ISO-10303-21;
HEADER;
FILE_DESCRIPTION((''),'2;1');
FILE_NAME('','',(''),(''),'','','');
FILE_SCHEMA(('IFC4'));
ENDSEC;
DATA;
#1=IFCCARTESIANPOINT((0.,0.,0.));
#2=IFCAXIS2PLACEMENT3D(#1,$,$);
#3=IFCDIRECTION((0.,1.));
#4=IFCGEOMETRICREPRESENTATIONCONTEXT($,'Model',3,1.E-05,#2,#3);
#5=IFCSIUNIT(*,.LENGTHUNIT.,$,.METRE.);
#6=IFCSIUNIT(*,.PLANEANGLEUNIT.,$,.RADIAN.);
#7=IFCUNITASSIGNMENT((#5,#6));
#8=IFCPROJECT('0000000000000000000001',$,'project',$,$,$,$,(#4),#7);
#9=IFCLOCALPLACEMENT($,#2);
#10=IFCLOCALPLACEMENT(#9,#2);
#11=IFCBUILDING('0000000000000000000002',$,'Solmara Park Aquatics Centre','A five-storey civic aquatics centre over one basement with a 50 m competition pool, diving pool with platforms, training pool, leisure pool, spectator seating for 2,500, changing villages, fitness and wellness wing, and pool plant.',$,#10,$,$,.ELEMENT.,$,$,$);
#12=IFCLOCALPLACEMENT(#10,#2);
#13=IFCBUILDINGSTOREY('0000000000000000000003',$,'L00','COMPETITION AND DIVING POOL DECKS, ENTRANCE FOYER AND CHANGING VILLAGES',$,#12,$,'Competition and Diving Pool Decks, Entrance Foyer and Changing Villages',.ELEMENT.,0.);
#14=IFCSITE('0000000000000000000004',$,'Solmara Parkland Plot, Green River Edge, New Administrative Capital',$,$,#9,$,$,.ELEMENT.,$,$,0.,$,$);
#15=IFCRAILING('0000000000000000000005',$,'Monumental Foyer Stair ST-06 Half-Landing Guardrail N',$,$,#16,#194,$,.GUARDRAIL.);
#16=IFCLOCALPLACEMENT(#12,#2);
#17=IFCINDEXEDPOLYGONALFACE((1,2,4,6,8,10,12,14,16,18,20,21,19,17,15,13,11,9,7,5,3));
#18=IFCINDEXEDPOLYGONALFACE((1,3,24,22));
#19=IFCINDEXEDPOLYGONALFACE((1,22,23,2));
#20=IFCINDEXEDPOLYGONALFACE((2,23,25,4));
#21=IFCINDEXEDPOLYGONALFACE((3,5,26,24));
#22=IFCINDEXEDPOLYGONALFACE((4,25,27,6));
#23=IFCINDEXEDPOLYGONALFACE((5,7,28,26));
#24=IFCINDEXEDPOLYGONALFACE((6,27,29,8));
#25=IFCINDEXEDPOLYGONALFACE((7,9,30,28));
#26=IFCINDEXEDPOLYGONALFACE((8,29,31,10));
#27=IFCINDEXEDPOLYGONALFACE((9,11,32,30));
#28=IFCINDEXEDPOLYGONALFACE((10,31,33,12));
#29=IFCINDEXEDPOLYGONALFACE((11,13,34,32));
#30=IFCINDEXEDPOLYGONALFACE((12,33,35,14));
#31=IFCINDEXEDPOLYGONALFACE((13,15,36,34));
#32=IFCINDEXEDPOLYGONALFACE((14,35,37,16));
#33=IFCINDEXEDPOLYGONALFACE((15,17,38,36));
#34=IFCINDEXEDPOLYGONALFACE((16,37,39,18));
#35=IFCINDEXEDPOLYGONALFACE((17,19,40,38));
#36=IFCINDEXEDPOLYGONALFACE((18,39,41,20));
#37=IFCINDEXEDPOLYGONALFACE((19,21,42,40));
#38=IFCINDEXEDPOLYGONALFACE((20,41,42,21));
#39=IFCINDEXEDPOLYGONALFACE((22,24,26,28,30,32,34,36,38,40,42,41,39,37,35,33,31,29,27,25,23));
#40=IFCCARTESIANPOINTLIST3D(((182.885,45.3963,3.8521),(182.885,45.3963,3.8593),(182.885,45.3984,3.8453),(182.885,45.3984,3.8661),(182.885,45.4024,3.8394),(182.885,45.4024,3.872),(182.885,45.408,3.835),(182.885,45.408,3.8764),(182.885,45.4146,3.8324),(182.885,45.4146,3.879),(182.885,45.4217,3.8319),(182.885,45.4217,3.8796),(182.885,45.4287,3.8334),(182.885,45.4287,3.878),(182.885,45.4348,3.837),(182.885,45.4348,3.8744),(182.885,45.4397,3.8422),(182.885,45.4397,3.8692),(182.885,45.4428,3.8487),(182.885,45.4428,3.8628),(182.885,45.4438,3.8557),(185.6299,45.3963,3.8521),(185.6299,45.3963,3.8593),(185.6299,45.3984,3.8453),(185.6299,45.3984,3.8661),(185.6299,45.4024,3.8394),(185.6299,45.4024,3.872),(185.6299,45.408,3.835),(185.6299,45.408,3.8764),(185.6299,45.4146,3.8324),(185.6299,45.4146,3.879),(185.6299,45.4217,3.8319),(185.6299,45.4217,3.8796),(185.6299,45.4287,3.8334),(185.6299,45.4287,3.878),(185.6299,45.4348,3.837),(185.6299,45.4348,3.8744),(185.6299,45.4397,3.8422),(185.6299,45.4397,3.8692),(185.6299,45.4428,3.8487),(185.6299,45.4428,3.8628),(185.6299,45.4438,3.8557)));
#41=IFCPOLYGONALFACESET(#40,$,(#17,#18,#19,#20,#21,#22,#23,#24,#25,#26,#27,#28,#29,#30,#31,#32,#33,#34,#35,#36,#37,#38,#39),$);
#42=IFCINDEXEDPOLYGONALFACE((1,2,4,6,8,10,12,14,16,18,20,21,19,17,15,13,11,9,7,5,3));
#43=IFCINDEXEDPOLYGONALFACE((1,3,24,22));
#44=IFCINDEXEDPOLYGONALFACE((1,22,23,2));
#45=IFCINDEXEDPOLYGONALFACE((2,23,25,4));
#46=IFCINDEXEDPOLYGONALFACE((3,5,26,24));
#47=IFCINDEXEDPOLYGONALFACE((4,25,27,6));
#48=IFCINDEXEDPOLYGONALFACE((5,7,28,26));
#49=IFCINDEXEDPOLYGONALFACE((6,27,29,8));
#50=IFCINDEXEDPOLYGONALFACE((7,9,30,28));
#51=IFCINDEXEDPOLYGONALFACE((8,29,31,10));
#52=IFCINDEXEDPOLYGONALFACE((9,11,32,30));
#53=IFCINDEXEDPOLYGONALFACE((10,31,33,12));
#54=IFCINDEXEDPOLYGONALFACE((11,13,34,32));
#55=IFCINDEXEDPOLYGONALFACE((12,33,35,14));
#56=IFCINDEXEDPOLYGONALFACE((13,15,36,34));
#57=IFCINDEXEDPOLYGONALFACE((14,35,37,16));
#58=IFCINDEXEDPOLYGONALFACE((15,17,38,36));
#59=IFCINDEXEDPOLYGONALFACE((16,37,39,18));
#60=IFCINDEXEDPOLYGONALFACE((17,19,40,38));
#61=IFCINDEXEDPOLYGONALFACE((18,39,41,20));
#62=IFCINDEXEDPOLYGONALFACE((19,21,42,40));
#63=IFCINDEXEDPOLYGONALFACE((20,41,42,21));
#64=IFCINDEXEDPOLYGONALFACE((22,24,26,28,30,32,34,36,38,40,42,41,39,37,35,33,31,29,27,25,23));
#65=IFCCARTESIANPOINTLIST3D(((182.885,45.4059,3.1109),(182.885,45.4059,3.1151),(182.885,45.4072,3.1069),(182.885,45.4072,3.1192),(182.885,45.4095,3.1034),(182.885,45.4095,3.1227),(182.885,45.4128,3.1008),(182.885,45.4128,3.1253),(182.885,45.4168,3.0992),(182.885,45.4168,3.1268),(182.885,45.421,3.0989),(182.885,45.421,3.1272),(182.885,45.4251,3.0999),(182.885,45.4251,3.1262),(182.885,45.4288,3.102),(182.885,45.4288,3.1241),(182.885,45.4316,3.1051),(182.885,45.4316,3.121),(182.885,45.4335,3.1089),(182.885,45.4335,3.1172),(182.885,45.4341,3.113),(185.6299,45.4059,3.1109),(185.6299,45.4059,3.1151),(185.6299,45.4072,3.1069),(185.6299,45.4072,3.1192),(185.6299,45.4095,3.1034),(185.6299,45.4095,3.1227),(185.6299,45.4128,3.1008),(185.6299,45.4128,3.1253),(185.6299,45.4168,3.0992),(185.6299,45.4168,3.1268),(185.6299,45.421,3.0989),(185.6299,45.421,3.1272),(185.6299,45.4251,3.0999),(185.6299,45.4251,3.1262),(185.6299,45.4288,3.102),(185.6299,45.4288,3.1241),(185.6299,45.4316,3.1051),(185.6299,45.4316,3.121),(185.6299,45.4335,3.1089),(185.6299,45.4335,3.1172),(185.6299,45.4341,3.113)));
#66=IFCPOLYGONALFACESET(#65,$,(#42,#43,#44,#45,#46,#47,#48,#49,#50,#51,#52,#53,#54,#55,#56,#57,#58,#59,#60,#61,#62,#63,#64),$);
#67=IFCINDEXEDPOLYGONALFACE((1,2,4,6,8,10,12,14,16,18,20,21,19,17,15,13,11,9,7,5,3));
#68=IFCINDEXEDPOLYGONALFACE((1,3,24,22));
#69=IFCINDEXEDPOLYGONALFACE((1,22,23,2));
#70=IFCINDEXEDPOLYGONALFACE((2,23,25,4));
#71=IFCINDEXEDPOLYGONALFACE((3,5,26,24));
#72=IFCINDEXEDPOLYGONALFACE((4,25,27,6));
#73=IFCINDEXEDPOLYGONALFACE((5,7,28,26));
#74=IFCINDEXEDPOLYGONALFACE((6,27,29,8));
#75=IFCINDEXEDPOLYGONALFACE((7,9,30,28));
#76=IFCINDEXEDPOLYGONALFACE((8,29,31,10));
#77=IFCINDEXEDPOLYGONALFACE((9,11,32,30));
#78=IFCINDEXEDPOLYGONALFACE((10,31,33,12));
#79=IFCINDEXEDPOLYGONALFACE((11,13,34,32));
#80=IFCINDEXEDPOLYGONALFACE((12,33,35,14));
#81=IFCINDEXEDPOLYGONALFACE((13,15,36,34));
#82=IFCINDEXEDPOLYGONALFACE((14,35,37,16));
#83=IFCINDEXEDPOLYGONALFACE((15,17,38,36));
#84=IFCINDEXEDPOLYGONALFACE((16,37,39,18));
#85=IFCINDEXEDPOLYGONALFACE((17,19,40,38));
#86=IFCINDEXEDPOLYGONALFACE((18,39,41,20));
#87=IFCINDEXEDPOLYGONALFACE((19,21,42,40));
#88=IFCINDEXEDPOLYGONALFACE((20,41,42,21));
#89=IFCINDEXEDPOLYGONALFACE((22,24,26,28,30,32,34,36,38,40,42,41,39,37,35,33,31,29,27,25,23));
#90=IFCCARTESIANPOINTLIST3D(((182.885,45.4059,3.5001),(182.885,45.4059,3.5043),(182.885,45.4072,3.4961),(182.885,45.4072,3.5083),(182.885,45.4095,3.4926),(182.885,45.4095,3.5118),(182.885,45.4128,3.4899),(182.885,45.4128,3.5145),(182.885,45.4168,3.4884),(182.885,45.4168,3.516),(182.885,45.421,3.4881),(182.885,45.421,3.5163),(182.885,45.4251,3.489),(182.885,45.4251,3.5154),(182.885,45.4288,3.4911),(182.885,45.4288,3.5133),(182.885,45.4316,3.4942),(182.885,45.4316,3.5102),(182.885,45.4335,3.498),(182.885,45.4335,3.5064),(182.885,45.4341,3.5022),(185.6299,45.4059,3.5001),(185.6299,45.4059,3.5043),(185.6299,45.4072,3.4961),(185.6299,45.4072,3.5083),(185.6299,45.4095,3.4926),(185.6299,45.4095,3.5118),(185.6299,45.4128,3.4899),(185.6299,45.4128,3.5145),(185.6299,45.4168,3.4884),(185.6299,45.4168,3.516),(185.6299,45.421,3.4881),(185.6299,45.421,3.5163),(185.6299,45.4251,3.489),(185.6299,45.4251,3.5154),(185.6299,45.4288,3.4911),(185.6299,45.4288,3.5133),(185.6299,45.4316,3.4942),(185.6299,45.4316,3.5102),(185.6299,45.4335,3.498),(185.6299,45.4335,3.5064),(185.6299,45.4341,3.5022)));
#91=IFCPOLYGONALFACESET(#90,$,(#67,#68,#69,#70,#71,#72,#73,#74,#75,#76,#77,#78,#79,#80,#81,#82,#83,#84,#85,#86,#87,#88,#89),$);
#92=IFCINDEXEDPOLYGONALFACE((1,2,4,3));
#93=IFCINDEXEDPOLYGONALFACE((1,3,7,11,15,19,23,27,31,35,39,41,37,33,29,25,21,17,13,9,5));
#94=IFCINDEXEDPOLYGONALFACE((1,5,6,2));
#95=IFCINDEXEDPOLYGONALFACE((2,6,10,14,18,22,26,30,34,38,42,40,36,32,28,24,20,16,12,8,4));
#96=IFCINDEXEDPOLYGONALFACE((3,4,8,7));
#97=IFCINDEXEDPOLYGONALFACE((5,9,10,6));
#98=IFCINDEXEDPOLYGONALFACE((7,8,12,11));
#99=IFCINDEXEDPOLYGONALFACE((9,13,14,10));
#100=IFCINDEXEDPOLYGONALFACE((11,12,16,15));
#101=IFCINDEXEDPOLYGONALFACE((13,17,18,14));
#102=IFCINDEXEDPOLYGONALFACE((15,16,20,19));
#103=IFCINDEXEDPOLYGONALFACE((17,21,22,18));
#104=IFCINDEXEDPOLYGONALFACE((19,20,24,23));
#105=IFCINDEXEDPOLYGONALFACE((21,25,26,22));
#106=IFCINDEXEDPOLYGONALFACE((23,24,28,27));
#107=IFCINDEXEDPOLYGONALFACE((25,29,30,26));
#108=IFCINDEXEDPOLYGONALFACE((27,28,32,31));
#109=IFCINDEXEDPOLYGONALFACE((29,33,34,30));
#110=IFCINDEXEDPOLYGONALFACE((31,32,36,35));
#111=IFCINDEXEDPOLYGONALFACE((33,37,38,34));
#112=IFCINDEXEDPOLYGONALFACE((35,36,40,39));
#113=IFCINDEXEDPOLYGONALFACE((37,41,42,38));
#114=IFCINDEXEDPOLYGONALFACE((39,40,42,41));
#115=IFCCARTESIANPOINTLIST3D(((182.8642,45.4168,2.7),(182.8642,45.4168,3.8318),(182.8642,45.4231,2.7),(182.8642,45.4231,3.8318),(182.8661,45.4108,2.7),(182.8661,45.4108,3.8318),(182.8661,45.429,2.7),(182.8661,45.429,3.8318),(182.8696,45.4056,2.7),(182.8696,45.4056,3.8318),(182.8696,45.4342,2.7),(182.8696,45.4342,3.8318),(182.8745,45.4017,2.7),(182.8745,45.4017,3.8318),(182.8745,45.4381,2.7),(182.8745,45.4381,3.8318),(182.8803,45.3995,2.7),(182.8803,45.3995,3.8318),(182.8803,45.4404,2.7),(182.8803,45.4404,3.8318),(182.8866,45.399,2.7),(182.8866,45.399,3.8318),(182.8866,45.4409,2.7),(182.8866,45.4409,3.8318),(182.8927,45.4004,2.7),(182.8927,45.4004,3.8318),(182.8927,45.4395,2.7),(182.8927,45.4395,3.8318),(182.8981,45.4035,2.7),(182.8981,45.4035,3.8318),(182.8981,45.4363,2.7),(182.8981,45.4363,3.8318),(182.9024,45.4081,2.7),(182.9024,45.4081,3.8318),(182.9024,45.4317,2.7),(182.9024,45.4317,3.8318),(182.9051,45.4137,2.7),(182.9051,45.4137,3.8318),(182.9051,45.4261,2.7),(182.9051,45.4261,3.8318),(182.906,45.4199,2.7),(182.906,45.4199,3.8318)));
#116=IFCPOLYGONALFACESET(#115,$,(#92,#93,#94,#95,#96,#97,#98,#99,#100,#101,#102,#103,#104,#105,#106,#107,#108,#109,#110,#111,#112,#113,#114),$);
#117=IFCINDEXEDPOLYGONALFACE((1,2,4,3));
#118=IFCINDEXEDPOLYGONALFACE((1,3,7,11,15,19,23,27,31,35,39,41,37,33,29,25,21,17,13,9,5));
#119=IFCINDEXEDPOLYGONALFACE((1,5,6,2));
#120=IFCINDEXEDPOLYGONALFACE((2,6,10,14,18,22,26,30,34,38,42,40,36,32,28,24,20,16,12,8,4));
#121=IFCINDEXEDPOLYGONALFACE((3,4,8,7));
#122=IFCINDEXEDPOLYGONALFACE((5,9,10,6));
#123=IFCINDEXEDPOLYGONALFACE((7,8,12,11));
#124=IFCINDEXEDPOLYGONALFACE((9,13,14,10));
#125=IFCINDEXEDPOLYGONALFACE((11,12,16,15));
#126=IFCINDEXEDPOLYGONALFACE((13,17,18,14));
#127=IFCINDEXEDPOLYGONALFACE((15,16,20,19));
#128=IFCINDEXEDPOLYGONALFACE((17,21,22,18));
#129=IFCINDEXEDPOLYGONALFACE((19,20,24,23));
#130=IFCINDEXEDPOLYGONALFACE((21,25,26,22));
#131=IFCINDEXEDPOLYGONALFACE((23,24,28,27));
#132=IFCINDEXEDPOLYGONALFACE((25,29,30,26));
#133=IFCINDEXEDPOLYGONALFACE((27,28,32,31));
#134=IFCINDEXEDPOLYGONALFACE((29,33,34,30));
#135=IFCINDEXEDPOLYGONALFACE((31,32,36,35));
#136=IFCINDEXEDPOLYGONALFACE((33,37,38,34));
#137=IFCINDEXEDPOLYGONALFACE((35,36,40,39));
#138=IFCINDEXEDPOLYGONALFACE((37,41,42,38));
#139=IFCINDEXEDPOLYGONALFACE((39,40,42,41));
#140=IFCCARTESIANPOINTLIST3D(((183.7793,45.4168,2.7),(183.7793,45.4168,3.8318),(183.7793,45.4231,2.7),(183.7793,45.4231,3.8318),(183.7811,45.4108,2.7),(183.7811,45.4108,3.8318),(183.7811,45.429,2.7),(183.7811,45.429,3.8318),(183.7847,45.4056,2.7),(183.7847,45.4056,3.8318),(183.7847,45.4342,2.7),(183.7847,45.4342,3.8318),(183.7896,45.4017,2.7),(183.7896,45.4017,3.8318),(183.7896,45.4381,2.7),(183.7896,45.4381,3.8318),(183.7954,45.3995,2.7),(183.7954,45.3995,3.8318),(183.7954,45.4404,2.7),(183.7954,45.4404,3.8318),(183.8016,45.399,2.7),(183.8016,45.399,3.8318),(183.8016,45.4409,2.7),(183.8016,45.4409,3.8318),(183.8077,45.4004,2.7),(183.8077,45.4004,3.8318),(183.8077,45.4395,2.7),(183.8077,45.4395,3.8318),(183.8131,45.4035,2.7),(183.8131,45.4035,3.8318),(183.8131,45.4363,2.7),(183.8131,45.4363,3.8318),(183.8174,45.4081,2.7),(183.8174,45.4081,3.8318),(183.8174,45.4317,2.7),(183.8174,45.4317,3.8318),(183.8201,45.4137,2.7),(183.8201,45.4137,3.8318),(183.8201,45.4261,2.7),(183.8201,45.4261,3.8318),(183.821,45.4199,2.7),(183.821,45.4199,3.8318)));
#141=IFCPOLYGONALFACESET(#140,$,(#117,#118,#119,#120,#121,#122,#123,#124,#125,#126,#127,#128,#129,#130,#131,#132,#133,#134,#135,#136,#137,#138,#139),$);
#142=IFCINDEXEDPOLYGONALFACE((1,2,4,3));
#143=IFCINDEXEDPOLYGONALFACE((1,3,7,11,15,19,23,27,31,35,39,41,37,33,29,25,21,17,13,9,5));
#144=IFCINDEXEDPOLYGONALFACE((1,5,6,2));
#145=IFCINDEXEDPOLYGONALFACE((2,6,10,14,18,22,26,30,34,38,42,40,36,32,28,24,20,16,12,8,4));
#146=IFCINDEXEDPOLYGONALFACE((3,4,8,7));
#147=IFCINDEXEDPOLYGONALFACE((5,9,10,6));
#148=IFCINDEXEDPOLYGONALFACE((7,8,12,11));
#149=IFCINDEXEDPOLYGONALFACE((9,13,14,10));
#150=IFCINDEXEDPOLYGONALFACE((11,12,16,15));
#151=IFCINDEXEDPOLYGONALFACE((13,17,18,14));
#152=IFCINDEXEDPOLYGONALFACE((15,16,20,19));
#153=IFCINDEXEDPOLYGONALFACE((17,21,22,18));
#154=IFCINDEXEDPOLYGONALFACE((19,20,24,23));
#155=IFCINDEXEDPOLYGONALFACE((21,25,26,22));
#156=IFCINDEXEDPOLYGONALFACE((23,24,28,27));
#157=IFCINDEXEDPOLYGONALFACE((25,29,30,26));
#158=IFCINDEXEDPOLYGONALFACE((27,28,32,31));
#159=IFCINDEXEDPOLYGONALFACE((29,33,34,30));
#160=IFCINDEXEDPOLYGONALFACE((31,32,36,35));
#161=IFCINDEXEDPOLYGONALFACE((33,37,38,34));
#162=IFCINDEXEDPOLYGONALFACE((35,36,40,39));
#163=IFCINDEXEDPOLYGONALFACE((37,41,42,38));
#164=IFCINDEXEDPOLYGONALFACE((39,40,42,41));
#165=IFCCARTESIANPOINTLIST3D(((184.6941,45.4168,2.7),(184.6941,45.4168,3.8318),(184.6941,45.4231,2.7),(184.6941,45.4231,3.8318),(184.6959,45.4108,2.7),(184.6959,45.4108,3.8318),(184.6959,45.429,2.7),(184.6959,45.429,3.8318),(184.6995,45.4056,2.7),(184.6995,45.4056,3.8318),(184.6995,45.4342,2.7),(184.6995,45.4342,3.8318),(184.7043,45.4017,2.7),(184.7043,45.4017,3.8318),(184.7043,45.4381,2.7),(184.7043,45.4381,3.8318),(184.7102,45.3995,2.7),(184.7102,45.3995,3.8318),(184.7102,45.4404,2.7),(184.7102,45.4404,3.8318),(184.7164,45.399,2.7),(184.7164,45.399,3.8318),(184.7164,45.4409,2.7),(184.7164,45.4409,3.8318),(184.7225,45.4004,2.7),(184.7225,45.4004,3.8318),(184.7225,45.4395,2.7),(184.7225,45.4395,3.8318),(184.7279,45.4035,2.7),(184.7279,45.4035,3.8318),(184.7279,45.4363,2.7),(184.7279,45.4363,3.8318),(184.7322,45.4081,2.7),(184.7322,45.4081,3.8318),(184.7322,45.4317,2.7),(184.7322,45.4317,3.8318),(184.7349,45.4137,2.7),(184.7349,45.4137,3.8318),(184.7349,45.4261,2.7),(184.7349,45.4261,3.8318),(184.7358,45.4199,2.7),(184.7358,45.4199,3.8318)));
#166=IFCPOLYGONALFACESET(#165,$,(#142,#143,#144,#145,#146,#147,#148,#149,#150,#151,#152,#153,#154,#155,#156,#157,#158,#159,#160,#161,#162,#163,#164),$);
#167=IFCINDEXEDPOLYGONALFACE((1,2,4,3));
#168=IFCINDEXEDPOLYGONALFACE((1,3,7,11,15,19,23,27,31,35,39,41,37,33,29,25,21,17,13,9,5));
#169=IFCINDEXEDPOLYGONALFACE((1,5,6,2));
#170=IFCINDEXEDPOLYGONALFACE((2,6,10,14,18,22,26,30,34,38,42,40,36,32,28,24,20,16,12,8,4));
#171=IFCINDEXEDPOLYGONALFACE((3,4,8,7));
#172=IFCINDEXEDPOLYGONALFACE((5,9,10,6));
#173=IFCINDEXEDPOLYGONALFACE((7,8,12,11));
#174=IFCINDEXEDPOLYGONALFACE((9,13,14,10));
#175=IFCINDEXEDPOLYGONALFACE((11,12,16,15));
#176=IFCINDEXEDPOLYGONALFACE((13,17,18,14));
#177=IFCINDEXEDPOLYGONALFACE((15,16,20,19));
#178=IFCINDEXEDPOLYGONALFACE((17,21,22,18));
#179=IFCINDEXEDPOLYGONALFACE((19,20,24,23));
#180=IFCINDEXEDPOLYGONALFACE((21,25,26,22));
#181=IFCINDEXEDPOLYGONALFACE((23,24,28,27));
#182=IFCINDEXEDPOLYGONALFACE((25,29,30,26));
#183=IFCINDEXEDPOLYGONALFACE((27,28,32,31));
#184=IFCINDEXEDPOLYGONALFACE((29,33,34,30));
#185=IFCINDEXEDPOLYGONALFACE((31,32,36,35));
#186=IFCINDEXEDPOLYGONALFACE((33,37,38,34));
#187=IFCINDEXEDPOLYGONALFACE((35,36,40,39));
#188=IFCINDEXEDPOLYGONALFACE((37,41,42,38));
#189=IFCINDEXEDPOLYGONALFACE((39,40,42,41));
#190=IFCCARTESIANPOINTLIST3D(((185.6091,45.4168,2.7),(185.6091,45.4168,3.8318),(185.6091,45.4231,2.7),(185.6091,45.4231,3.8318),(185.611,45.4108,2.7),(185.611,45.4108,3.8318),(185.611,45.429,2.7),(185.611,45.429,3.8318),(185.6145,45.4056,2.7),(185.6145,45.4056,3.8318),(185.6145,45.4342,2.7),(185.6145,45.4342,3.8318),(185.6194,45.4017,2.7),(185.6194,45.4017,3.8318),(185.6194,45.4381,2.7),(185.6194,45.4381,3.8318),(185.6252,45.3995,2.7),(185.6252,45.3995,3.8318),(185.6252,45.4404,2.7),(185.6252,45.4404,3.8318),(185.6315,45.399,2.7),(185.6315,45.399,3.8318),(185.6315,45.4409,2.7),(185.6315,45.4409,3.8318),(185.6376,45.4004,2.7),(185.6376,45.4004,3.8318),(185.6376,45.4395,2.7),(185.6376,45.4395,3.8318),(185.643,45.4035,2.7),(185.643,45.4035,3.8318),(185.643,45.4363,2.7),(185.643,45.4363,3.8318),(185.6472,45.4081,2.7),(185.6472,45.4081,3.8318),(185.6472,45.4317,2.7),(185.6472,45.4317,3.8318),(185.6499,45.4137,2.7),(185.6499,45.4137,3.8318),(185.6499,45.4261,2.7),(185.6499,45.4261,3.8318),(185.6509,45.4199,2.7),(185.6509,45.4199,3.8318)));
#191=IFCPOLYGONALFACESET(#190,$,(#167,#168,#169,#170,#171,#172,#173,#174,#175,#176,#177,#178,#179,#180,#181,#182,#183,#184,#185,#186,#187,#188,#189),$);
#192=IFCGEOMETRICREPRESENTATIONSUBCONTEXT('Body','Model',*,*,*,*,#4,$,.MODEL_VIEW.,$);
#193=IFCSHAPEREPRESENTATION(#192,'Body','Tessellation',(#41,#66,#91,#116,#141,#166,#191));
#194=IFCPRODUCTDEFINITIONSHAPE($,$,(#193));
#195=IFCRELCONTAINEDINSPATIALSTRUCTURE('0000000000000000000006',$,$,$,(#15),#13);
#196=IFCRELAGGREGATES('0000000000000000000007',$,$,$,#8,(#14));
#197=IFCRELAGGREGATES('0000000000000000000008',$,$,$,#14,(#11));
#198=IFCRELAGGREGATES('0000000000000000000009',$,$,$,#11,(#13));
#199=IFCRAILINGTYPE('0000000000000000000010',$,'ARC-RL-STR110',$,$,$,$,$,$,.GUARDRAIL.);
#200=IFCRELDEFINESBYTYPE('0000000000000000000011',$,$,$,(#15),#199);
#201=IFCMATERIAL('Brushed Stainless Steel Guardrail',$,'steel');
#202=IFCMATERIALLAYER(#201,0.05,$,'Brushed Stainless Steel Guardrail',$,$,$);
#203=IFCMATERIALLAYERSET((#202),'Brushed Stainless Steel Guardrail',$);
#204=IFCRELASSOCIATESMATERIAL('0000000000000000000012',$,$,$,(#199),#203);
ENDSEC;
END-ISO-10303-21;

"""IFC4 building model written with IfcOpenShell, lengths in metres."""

from ifc_helpers import new_model, si_unit, direction, frame, origin, origin_2d, place, context, subcontext, project, spatial, circle, extrude, material, layer, layer_set, type_object, element, save


model = new_model("IFC4")

# Units and contexts
model_context = context("Model", 3, precision=1e-05, world=origin(), true_north=direction((0.0, 1.0)))
body_context = subcontext(model_context, "Body", "Model", "MODEL_VIEW")
ifc_project = project(units=[si_unit("LENGTHUNIT", "METRE"), si_unit("PLANEANGLEUNIT", "RADIAN")], contexts=[model_context])

# Site, building, storey
site_placement = place(None, origin())
site = spatial("IfcSite", under=ifc_project, at=site_placement, Name="Solmara Parkland Plot, Green River Edge, New Administrative Capital", CompositionType="ELEMENT", RefElevation=0.0)
building_placement = place(site_placement, origin())
building = spatial("IfcBuilding", under=site, at=building_placement, Name="Solmara Park Aquatics Centre", Description="A five-storey civic aquatics centre over one basement with a 50 m competition pool, diving pool with platforms, training pool, leisure pool, spectator seating for 2,500, changing villages, fitness and wellness wing, and pool plant.", CompositionType="ELEMENT")
storey_placement = place(building_placement, origin())
storey = spatial("IfcBuildingStorey", under=building, at=storey_placement, Name="L00", Description="COMPETITION AND DIVING POOL DECKS, ENTRANCE FOYER AND CHANGING VILLAGES", LongName="Competition and Diving Pool Decks, Entrance Foyer and Changing Villages", CompositionType="ELEMENT", Elevation=0.0)

# Railing
ifc_material_1 = material(Name="Brushed Stainless Steel Guardrail", Category="steel")
ifc_layer_1 = layer(ifc_material_1, 0.05, Name="Brushed Stainless Steel Guardrail")
ifc_layer_set_1 = layer_set([ifc_layer_1], Name="Brushed Stainless Steel Guardrail")
railing_type_1 = type_object("IfcRailingType", Name="ARC-RL-STR110", PredefinedType="GUARDRAIL", material=ifc_layer_set_1)
railing_1_placement = place(storey_placement, frame((182.885, 45.4199, 2.7)))
element("IfcRailing", 1, at=railing_1_placement, inside=storey, type_object=railing_type_1, Name="Monumental Foyer Stair ST-06 Half-Landing Guardrail N", PredefinedType="GUARDRAIL", context=body_context, shape_type="SweptSolid", body=[
    extrude(circle(Radius=0.0239, at=origin_2d()), frame((0.0, 0.0, 1.1558), z_axis=(1.0, 0.0, 0.0), x_axis=(0.0, 1.0, 0.0)), (0.0, 0.0, 1.0), 2.7449),
    extrude(circle(Radius=0.0142, at=origin_2d()), frame((0.0, 0.0, 0.4131), z_axis=(1.0, 0.0, 0.0), x_axis=(0.0, 1.0, 0.0)), (0.0, 0.0, 1.0), 2.7449),
    extrude(circle(Radius=0.0142, at=origin_2d()), frame((0.0, 0.0, 0.8022), z_axis=(1.0, 0.0, 0.0), x_axis=(0.0, 1.0, 0.0)), (0.0, 0.0, 1.0), 2.7449),
    extrude(circle(Radius=0.021, at=origin_2d()), origin(), (0.0, 0.0, 1.0), 1.1318),
    extrude(circle(Radius=0.021, at=origin_2d()), frame((0.915, 0.0, 0.0)), (0.0, 0.0, 1.0), 1.1318),
    extrude(circle(Radius=0.021, at=origin_2d()), frame((1.8298, 0.0, 0.0)), (0.0, 0.0, 1.0), 1.1318),
    extrude(circle(Radius=0.021, at=origin_2d()), frame((2.7449, 0.0, 0.0)), (0.0, 0.0, 1.0), 1.1318),
])

save(model, "model.ifc")
